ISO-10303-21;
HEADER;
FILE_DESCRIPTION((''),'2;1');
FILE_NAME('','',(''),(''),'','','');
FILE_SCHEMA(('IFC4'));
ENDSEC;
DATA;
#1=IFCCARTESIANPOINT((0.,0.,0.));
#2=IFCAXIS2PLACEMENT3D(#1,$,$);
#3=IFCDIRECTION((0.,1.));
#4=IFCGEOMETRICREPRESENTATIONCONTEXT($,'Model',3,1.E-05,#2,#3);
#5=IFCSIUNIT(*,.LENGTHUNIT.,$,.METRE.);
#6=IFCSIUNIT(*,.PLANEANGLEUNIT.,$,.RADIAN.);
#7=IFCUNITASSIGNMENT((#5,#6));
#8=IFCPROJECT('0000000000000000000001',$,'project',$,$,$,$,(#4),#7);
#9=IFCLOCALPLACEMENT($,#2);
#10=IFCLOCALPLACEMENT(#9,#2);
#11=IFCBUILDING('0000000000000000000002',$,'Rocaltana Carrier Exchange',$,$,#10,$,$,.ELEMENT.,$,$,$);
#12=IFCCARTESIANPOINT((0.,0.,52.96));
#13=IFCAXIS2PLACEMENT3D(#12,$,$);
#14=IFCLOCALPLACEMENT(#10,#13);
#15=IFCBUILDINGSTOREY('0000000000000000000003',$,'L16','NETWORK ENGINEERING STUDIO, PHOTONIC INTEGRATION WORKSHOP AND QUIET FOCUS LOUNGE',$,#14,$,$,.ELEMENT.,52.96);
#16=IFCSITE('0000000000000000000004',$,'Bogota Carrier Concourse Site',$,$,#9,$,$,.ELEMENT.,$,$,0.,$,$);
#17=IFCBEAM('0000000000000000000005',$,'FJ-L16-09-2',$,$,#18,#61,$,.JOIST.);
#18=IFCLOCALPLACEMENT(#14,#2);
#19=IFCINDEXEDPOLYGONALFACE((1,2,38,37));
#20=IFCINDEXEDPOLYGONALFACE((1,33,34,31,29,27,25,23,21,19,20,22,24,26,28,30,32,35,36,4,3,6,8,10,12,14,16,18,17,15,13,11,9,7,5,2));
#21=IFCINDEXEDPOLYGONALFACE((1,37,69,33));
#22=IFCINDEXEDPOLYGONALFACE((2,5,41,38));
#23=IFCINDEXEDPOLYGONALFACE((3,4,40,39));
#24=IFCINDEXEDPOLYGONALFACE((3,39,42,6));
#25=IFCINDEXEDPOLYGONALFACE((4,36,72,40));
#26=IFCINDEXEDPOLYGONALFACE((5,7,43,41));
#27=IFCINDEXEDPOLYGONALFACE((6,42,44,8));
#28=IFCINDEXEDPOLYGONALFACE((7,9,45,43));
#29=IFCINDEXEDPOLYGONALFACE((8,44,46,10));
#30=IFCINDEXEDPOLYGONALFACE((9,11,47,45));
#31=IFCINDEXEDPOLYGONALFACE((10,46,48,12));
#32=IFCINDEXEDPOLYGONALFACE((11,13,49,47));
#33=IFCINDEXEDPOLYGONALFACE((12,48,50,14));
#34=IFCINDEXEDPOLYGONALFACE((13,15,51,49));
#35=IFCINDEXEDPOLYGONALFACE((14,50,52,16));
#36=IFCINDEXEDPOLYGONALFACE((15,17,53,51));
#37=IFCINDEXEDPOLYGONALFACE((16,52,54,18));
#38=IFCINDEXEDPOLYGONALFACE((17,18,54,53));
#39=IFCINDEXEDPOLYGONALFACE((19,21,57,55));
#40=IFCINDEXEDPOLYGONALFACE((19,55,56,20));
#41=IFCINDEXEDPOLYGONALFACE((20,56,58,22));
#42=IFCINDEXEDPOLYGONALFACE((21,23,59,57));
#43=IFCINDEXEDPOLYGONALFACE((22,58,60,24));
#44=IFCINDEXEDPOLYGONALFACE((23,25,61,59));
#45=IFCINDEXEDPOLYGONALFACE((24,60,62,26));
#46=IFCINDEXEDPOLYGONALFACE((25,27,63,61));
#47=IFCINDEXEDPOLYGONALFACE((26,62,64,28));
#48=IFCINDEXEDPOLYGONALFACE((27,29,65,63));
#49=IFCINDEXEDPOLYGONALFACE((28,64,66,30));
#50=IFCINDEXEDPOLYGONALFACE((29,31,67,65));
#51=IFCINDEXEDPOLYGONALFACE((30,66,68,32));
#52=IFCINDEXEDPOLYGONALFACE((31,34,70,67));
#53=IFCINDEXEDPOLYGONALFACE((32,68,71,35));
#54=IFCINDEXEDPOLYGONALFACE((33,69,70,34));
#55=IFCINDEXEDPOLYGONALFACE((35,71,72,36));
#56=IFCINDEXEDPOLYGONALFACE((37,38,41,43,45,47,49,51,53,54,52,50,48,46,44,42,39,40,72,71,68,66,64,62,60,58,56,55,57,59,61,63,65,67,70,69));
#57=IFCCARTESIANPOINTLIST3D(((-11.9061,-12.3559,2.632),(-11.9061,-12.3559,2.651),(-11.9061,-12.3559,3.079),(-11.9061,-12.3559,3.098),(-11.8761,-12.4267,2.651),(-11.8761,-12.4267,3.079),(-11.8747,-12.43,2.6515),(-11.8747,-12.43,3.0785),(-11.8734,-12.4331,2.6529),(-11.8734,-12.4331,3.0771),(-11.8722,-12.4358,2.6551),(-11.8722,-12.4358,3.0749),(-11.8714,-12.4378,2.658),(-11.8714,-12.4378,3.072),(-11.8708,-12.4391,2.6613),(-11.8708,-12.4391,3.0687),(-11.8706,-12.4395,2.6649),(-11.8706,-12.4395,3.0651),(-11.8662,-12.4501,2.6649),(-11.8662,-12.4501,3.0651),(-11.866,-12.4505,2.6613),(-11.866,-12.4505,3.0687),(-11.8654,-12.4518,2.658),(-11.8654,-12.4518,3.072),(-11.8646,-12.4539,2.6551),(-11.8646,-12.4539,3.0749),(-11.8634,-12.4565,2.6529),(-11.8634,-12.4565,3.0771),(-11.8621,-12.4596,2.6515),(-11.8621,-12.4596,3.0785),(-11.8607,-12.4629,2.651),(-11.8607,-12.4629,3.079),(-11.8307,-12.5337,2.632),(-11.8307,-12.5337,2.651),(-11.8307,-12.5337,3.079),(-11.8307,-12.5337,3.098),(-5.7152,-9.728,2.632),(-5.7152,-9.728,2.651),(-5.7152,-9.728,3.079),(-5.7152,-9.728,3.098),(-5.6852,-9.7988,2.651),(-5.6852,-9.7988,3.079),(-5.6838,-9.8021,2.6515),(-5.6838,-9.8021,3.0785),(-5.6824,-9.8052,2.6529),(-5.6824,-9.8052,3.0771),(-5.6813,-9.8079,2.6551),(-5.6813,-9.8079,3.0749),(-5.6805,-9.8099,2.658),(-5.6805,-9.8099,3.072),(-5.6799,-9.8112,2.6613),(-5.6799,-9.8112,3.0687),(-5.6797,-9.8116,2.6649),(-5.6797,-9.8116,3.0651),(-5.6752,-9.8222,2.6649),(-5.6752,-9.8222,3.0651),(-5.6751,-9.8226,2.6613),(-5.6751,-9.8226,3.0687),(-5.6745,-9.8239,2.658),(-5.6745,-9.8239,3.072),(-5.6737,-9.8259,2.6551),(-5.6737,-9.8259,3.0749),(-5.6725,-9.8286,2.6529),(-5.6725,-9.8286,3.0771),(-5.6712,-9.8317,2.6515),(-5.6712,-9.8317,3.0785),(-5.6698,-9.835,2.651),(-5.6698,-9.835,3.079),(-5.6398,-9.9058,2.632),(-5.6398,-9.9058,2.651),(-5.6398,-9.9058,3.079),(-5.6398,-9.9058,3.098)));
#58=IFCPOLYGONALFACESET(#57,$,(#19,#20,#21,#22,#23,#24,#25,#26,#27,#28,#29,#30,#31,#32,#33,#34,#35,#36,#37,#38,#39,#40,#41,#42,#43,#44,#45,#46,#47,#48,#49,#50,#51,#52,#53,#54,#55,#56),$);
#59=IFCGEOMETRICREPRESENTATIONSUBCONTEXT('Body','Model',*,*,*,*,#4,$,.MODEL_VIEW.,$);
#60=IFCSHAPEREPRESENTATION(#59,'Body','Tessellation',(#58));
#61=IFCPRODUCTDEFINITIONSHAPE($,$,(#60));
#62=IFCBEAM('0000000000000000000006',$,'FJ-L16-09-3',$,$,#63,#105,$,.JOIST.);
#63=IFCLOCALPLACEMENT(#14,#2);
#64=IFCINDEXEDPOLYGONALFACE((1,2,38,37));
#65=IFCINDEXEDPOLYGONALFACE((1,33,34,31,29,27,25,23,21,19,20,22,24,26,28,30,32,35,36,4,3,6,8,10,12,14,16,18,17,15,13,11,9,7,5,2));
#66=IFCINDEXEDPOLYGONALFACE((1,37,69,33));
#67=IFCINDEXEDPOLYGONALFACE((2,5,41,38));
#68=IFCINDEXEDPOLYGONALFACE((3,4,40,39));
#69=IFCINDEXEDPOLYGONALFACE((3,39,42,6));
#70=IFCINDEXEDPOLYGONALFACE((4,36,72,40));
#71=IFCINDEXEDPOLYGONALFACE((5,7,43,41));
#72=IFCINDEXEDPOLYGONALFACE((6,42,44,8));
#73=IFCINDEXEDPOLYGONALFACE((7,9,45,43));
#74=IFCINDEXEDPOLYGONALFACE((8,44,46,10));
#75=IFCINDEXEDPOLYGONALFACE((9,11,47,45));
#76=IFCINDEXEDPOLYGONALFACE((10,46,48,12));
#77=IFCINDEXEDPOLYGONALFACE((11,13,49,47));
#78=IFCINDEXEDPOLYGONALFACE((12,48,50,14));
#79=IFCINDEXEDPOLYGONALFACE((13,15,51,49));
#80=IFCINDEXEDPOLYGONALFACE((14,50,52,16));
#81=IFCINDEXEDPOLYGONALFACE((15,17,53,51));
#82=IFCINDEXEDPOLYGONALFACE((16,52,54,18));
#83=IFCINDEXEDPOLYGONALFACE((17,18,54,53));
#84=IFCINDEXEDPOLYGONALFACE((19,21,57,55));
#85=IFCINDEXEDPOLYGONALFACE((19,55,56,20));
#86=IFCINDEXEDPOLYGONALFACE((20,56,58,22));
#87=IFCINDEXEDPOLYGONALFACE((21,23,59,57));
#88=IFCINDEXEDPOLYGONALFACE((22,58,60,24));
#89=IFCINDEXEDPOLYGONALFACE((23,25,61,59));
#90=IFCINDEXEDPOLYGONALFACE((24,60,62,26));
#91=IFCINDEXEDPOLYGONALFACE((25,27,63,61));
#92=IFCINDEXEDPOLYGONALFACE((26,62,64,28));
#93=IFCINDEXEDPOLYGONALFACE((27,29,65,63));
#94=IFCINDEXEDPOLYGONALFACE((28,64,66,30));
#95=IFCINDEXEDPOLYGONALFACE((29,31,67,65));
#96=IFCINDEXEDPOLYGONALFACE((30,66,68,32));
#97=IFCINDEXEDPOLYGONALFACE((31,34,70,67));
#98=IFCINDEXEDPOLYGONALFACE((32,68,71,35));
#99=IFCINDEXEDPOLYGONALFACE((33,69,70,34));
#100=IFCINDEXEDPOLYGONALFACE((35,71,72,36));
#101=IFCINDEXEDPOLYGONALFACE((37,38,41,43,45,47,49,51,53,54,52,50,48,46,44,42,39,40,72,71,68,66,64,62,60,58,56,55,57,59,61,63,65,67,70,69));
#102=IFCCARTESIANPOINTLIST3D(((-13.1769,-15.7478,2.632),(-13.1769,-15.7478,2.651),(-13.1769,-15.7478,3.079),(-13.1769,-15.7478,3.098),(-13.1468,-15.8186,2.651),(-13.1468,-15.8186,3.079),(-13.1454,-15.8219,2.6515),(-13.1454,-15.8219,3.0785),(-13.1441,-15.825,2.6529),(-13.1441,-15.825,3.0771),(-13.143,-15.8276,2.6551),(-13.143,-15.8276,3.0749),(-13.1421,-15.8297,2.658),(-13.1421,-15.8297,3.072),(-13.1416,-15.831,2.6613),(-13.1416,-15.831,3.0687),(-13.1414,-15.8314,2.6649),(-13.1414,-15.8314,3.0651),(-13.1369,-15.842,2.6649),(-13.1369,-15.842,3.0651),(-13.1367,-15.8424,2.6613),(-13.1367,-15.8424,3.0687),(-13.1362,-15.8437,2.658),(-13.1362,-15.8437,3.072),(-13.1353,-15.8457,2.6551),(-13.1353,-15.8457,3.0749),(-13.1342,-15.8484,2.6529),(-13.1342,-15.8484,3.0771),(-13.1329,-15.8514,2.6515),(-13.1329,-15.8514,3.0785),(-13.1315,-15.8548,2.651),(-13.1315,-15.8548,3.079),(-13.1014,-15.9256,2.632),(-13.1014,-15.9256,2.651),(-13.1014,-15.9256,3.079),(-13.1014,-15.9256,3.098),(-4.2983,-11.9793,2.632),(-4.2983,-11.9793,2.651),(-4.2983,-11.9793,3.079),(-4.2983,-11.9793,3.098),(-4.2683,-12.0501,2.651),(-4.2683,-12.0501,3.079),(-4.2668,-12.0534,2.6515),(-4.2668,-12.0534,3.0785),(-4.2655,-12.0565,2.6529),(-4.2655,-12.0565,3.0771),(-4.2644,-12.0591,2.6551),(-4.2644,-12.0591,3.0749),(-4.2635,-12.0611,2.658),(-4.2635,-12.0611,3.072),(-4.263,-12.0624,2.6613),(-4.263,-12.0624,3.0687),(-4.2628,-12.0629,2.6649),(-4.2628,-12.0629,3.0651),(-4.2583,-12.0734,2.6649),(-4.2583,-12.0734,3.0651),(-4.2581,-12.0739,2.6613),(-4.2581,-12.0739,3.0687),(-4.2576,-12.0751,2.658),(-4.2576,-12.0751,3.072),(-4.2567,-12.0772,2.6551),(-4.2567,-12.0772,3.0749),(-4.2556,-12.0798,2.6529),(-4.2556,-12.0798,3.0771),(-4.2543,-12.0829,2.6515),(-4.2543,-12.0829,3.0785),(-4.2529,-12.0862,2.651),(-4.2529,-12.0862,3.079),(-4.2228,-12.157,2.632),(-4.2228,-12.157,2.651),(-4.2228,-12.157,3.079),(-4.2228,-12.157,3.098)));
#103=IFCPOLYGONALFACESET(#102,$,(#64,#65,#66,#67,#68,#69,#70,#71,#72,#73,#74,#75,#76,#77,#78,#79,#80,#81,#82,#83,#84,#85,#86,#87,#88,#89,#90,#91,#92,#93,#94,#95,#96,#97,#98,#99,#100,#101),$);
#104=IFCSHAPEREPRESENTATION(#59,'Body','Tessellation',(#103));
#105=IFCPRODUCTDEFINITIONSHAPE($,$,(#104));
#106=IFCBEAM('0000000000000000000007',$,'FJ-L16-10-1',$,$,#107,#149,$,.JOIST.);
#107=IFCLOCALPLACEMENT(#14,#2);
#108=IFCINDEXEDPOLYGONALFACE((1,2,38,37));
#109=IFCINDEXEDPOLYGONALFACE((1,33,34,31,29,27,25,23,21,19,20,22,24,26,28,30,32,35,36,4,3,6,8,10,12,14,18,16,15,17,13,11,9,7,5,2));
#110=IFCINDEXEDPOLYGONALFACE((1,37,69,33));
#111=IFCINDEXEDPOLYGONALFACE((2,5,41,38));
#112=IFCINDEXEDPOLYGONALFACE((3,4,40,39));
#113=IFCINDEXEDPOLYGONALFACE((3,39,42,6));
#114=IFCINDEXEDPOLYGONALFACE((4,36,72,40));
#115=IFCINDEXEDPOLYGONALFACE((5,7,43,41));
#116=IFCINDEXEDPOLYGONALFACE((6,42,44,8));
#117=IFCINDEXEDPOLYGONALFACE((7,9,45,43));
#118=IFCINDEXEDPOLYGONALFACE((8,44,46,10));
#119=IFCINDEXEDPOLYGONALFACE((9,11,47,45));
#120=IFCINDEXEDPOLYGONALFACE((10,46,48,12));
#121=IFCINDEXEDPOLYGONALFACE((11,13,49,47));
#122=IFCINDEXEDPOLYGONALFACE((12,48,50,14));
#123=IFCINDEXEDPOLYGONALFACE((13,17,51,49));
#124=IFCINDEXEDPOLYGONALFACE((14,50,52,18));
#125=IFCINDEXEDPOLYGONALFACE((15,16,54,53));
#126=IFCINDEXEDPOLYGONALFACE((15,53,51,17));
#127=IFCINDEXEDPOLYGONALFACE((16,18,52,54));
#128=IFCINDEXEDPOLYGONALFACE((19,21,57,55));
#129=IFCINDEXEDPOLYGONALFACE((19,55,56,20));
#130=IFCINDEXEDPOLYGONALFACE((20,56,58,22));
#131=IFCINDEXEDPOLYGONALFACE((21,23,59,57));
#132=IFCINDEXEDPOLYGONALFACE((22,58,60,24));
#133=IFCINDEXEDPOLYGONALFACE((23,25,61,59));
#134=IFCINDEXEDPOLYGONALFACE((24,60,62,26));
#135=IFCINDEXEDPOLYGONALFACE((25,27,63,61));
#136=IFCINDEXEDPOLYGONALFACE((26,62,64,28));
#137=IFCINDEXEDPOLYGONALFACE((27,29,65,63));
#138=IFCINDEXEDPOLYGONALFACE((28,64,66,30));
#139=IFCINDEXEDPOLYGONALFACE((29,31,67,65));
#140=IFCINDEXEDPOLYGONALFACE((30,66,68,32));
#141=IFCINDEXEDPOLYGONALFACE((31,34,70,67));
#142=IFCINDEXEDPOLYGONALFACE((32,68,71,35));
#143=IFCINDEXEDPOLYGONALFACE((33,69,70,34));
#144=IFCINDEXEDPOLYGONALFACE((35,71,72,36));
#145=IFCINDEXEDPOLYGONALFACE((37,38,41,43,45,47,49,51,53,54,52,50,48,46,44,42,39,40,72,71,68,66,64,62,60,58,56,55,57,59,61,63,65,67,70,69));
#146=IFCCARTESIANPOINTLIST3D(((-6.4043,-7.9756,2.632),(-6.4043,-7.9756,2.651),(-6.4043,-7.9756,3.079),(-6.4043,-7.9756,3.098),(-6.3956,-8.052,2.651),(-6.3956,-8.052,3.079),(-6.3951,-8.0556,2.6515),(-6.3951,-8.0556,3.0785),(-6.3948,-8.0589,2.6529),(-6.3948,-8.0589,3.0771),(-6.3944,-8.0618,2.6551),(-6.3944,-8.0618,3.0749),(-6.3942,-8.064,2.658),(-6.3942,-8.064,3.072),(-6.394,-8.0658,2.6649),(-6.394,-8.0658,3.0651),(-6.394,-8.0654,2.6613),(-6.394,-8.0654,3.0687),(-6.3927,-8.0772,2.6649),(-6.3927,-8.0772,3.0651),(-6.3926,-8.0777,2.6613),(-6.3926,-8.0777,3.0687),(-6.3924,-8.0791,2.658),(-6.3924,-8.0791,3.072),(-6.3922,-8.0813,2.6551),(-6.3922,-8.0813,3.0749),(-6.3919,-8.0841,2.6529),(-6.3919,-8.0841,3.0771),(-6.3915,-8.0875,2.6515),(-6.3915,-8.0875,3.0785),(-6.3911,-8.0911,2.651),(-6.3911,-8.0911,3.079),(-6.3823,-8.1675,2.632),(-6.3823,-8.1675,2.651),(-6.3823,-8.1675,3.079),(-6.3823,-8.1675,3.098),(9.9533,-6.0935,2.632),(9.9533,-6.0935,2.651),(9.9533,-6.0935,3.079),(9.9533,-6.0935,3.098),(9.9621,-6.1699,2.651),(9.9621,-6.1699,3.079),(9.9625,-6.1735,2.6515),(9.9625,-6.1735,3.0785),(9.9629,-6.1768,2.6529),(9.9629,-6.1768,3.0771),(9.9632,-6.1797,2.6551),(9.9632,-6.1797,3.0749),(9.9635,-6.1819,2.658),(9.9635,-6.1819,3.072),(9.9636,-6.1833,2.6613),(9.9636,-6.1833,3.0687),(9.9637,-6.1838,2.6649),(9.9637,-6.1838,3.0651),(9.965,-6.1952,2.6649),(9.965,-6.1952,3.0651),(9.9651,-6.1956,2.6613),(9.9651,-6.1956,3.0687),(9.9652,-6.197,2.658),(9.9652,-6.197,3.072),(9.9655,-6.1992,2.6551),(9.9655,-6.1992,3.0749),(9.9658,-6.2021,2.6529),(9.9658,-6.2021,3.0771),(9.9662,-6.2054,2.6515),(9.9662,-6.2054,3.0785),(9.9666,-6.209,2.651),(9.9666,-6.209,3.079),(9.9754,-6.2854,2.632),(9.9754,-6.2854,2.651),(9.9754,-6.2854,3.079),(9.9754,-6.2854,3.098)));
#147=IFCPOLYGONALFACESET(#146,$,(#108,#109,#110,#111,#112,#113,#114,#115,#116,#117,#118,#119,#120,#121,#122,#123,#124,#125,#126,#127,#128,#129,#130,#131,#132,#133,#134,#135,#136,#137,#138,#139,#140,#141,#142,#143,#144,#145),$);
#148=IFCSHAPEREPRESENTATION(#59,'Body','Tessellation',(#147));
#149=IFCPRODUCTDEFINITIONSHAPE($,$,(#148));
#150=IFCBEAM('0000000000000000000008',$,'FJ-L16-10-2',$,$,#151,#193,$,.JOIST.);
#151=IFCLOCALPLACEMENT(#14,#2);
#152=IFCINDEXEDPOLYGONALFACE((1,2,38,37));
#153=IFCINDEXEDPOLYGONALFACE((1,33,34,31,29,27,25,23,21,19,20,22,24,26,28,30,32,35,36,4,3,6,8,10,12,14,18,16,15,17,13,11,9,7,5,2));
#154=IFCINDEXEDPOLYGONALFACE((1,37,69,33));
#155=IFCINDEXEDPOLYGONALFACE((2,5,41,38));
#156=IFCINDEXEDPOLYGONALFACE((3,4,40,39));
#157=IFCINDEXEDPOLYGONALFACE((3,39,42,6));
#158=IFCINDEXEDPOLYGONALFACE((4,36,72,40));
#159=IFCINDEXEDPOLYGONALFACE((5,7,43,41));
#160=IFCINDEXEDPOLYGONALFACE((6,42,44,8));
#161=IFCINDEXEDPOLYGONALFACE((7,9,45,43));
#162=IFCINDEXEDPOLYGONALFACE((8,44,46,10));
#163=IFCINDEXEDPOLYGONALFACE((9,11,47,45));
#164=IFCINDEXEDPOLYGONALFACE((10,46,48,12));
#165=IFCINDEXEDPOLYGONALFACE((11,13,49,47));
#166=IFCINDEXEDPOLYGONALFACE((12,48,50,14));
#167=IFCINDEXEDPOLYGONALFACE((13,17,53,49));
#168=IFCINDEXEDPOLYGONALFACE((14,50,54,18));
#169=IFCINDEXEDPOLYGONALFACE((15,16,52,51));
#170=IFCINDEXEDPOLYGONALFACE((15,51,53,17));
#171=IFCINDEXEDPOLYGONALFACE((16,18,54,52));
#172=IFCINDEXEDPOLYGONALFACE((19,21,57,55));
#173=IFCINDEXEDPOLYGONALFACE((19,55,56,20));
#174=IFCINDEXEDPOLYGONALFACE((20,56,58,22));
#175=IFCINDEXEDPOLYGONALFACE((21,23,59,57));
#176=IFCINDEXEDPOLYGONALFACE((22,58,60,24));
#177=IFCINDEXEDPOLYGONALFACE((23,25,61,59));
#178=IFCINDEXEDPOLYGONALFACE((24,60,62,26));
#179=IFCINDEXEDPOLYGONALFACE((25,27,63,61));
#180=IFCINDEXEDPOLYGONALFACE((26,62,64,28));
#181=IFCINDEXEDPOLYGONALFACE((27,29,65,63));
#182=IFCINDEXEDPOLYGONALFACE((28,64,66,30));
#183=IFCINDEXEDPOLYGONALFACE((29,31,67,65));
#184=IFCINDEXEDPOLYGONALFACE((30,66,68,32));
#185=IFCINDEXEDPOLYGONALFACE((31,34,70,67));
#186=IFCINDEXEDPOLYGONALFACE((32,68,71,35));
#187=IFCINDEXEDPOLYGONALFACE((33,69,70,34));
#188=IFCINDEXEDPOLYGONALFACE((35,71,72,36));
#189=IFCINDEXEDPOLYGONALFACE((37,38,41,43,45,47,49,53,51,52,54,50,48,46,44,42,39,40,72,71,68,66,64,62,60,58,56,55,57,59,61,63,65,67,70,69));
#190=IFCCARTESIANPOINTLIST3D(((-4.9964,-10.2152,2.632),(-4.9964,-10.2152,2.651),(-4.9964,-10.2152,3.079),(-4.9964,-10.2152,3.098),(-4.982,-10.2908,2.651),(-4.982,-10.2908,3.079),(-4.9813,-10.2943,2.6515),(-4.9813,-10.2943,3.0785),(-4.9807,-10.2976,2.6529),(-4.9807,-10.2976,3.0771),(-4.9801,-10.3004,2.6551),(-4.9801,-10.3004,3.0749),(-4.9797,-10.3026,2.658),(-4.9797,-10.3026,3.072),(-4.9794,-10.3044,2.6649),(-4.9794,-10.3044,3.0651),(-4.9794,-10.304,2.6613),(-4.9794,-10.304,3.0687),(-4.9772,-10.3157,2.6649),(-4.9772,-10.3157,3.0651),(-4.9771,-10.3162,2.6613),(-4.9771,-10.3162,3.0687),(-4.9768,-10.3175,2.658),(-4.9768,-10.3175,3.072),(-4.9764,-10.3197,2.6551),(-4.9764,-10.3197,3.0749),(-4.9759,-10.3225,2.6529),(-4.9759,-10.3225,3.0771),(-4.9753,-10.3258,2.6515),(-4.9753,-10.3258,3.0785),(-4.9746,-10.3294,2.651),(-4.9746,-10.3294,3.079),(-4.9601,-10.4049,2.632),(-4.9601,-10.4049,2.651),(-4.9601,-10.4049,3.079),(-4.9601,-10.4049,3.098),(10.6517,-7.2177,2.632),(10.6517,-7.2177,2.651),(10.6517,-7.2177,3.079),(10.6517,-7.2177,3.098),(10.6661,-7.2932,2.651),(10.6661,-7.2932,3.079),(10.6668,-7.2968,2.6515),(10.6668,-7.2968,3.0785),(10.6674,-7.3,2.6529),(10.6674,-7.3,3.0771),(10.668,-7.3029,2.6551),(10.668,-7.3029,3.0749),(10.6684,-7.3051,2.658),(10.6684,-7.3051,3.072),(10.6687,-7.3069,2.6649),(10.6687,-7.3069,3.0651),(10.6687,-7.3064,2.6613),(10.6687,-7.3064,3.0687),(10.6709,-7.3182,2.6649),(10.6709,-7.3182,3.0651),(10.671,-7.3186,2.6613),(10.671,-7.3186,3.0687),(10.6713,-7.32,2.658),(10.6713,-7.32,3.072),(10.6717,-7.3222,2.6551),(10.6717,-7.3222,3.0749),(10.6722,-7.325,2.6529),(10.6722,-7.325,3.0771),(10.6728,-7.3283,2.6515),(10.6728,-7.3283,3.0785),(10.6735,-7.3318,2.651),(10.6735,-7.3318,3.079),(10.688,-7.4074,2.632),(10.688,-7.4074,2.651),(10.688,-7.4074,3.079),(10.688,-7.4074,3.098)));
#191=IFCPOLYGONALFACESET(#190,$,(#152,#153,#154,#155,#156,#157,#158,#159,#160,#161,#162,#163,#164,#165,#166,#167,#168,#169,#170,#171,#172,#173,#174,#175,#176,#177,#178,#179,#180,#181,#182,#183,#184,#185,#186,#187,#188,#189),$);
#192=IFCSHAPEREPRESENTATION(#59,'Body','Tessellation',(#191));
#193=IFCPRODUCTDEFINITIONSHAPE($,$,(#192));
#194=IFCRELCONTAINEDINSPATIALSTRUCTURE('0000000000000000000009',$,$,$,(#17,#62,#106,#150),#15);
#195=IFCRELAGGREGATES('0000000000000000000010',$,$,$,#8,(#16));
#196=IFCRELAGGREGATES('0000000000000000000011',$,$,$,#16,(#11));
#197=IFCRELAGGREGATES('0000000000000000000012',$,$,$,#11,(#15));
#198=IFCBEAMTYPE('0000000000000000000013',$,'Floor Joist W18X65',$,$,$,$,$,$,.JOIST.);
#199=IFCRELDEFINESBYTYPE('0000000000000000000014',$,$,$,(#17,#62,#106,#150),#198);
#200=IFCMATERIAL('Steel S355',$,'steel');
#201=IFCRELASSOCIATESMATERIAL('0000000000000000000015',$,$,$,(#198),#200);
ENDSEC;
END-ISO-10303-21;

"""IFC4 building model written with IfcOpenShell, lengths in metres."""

from ifc_helpers import new_model, si_unit, direction, frame, origin, origin_2d, place, context, subcontext, project, spatial, i_section, extrude, material, material_profile, profile_set, type_object, element, save


model = new_model("IFC4")

# Units and contexts
model_context = context("Model", 3, precision=1e-05, world=origin(), true_north=direction((0.0, 1.0)))
body_context = subcontext(model_context, "Body", "Model", "MODEL_VIEW")
ifc_project = project(units=[si_unit("LENGTHUNIT", "METRE"), si_unit("PLANEANGLEUNIT", "RADIAN")], contexts=[model_context])

# Site, building, storey
site_placement = place(None, origin())
site = spatial("IfcSite", under=ifc_project, at=site_placement, Name="Bogota Carrier Concourse Site", CompositionType="ELEMENT", RefElevation=0.0)
building_placement = place(site_placement, origin())
building = spatial("IfcBuilding", under=site, at=building_placement, Name="Rocaltana Carrier Exchange", CompositionType="ELEMENT")
storey_placement = place(building_placement, frame((0.0, 0.0, 52.96)))
storey = spatial("IfcBuildingStorey", under=building, at=storey_placement, Name="L16", Description="NETWORK ENGINEERING STUDIO, PHOTONIC INTEGRATION WORKSHOP AND QUIET FOCUS LOUNGE", CompositionType="ELEMENT", Elevation=52.96)

# Beams
ifc_material_1 = material(Name="Steel S355", Category="steel")
ifc_material_profile_1 = material_profile(ifc_material_1, i_section(OverallWidth=0.1931, OverallDepth=0.4661, WebThickness=0.0115, FlangeThickness=0.019, FilletRadius=0.0139, at=origin_2d()), Name="W18X65")
ifc_profile_set_1 = profile_set([ifc_material_profile_1], Name="Steel S355")
beam_type = type_object("IfcBeamType", Name="Floor Joist W18X65", PredefinedType="JOIST", material=ifc_profile_set_1)
beam_1_placement = place(storey_placement, frame((-11.8684, -12.4448, 2.865), z_axis=(0.920503, 0.390736, 0.0), x_axis=(-0.390736, 0.920503, 0.0)))
element("IfcBeam", 1, at=beam_1_placement, inside=storey, type_object=beam_type, Name="FJ-L16-09-2", PredefinedType="JOIST", context=body_context, shape_type="SweptSolid", body=[
    extrude(i_section(OverallWidth=0.1931, OverallDepth=0.4661, WebThickness=0.0115, FlangeThickness=0.019, FilletRadius=0.0139, at=origin_2d()), origin(), (0.0, 0.0, 1.0), 6.7256),
])
beam_2_placement = place(storey_placement, frame((-13.1392, -15.8367, 2.865), z_axis=(0.920513, 0.390712, 0.0), x_axis=(-0.390712, 0.920513, 0.0)))
element("IfcBeam", 2, at=beam_2_placement, inside=storey, type_object=beam_type, Name="FJ-L16-09-3", PredefinedType="JOIST", context=body_context, shape_type="SweptSolid", body=[
    extrude(i_section(OverallWidth=0.1931, OverallDepth=0.4661, WebThickness=0.0115, FlangeThickness=0.019, FilletRadius=0.0139, at=origin_2d()), origin(), (0.0, 0.0, 1.0), 9.6453),
])
beam_3_placement = place(storey_placement, frame((-6.3933, -8.0715, 2.865), z_axis=(0.993446, 0.114304, 0.0), x_axis=(-0.114304, 0.993446, 0.0)))
element("IfcBeam", 3, at=beam_3_placement, inside=storey, type_object=beam_type, Name="FJ-L16-10-1", PredefinedType="JOIST", context=body_context, shape_type="SweptSolid", body=[
    extrude(i_section(OverallWidth=0.1931, OverallDepth=0.4661, WebThickness=0.0115, FlangeThickness=0.019, FilletRadius=0.0139, at=origin_2d()), origin(), (0.0, 0.0, 1.0), 16.4656),
])
beam_4_placement = place(storey_placement, frame((-4.9783, -10.3101, 2.865), z_axis=(0.982142, 0.188139, 0.0), x_axis=(-0.188139, 0.982142, 0.0)))
element("IfcBeam", 4, at=beam_4_placement, inside=storey, type_object=beam_type, Name="FJ-L16-10-2", PredefinedType="JOIST", context=body_context, shape_type="SweptSolid", body=[
    extrude(i_section(OverallWidth=0.1931, OverallDepth=0.4661, WebThickness=0.0115, FlangeThickness=0.019, FilletRadius=0.0139, at=origin_2d()), origin(), (0.0, 0.0, 1.0), 15.9326),
])

save(model, "model.ifc")
